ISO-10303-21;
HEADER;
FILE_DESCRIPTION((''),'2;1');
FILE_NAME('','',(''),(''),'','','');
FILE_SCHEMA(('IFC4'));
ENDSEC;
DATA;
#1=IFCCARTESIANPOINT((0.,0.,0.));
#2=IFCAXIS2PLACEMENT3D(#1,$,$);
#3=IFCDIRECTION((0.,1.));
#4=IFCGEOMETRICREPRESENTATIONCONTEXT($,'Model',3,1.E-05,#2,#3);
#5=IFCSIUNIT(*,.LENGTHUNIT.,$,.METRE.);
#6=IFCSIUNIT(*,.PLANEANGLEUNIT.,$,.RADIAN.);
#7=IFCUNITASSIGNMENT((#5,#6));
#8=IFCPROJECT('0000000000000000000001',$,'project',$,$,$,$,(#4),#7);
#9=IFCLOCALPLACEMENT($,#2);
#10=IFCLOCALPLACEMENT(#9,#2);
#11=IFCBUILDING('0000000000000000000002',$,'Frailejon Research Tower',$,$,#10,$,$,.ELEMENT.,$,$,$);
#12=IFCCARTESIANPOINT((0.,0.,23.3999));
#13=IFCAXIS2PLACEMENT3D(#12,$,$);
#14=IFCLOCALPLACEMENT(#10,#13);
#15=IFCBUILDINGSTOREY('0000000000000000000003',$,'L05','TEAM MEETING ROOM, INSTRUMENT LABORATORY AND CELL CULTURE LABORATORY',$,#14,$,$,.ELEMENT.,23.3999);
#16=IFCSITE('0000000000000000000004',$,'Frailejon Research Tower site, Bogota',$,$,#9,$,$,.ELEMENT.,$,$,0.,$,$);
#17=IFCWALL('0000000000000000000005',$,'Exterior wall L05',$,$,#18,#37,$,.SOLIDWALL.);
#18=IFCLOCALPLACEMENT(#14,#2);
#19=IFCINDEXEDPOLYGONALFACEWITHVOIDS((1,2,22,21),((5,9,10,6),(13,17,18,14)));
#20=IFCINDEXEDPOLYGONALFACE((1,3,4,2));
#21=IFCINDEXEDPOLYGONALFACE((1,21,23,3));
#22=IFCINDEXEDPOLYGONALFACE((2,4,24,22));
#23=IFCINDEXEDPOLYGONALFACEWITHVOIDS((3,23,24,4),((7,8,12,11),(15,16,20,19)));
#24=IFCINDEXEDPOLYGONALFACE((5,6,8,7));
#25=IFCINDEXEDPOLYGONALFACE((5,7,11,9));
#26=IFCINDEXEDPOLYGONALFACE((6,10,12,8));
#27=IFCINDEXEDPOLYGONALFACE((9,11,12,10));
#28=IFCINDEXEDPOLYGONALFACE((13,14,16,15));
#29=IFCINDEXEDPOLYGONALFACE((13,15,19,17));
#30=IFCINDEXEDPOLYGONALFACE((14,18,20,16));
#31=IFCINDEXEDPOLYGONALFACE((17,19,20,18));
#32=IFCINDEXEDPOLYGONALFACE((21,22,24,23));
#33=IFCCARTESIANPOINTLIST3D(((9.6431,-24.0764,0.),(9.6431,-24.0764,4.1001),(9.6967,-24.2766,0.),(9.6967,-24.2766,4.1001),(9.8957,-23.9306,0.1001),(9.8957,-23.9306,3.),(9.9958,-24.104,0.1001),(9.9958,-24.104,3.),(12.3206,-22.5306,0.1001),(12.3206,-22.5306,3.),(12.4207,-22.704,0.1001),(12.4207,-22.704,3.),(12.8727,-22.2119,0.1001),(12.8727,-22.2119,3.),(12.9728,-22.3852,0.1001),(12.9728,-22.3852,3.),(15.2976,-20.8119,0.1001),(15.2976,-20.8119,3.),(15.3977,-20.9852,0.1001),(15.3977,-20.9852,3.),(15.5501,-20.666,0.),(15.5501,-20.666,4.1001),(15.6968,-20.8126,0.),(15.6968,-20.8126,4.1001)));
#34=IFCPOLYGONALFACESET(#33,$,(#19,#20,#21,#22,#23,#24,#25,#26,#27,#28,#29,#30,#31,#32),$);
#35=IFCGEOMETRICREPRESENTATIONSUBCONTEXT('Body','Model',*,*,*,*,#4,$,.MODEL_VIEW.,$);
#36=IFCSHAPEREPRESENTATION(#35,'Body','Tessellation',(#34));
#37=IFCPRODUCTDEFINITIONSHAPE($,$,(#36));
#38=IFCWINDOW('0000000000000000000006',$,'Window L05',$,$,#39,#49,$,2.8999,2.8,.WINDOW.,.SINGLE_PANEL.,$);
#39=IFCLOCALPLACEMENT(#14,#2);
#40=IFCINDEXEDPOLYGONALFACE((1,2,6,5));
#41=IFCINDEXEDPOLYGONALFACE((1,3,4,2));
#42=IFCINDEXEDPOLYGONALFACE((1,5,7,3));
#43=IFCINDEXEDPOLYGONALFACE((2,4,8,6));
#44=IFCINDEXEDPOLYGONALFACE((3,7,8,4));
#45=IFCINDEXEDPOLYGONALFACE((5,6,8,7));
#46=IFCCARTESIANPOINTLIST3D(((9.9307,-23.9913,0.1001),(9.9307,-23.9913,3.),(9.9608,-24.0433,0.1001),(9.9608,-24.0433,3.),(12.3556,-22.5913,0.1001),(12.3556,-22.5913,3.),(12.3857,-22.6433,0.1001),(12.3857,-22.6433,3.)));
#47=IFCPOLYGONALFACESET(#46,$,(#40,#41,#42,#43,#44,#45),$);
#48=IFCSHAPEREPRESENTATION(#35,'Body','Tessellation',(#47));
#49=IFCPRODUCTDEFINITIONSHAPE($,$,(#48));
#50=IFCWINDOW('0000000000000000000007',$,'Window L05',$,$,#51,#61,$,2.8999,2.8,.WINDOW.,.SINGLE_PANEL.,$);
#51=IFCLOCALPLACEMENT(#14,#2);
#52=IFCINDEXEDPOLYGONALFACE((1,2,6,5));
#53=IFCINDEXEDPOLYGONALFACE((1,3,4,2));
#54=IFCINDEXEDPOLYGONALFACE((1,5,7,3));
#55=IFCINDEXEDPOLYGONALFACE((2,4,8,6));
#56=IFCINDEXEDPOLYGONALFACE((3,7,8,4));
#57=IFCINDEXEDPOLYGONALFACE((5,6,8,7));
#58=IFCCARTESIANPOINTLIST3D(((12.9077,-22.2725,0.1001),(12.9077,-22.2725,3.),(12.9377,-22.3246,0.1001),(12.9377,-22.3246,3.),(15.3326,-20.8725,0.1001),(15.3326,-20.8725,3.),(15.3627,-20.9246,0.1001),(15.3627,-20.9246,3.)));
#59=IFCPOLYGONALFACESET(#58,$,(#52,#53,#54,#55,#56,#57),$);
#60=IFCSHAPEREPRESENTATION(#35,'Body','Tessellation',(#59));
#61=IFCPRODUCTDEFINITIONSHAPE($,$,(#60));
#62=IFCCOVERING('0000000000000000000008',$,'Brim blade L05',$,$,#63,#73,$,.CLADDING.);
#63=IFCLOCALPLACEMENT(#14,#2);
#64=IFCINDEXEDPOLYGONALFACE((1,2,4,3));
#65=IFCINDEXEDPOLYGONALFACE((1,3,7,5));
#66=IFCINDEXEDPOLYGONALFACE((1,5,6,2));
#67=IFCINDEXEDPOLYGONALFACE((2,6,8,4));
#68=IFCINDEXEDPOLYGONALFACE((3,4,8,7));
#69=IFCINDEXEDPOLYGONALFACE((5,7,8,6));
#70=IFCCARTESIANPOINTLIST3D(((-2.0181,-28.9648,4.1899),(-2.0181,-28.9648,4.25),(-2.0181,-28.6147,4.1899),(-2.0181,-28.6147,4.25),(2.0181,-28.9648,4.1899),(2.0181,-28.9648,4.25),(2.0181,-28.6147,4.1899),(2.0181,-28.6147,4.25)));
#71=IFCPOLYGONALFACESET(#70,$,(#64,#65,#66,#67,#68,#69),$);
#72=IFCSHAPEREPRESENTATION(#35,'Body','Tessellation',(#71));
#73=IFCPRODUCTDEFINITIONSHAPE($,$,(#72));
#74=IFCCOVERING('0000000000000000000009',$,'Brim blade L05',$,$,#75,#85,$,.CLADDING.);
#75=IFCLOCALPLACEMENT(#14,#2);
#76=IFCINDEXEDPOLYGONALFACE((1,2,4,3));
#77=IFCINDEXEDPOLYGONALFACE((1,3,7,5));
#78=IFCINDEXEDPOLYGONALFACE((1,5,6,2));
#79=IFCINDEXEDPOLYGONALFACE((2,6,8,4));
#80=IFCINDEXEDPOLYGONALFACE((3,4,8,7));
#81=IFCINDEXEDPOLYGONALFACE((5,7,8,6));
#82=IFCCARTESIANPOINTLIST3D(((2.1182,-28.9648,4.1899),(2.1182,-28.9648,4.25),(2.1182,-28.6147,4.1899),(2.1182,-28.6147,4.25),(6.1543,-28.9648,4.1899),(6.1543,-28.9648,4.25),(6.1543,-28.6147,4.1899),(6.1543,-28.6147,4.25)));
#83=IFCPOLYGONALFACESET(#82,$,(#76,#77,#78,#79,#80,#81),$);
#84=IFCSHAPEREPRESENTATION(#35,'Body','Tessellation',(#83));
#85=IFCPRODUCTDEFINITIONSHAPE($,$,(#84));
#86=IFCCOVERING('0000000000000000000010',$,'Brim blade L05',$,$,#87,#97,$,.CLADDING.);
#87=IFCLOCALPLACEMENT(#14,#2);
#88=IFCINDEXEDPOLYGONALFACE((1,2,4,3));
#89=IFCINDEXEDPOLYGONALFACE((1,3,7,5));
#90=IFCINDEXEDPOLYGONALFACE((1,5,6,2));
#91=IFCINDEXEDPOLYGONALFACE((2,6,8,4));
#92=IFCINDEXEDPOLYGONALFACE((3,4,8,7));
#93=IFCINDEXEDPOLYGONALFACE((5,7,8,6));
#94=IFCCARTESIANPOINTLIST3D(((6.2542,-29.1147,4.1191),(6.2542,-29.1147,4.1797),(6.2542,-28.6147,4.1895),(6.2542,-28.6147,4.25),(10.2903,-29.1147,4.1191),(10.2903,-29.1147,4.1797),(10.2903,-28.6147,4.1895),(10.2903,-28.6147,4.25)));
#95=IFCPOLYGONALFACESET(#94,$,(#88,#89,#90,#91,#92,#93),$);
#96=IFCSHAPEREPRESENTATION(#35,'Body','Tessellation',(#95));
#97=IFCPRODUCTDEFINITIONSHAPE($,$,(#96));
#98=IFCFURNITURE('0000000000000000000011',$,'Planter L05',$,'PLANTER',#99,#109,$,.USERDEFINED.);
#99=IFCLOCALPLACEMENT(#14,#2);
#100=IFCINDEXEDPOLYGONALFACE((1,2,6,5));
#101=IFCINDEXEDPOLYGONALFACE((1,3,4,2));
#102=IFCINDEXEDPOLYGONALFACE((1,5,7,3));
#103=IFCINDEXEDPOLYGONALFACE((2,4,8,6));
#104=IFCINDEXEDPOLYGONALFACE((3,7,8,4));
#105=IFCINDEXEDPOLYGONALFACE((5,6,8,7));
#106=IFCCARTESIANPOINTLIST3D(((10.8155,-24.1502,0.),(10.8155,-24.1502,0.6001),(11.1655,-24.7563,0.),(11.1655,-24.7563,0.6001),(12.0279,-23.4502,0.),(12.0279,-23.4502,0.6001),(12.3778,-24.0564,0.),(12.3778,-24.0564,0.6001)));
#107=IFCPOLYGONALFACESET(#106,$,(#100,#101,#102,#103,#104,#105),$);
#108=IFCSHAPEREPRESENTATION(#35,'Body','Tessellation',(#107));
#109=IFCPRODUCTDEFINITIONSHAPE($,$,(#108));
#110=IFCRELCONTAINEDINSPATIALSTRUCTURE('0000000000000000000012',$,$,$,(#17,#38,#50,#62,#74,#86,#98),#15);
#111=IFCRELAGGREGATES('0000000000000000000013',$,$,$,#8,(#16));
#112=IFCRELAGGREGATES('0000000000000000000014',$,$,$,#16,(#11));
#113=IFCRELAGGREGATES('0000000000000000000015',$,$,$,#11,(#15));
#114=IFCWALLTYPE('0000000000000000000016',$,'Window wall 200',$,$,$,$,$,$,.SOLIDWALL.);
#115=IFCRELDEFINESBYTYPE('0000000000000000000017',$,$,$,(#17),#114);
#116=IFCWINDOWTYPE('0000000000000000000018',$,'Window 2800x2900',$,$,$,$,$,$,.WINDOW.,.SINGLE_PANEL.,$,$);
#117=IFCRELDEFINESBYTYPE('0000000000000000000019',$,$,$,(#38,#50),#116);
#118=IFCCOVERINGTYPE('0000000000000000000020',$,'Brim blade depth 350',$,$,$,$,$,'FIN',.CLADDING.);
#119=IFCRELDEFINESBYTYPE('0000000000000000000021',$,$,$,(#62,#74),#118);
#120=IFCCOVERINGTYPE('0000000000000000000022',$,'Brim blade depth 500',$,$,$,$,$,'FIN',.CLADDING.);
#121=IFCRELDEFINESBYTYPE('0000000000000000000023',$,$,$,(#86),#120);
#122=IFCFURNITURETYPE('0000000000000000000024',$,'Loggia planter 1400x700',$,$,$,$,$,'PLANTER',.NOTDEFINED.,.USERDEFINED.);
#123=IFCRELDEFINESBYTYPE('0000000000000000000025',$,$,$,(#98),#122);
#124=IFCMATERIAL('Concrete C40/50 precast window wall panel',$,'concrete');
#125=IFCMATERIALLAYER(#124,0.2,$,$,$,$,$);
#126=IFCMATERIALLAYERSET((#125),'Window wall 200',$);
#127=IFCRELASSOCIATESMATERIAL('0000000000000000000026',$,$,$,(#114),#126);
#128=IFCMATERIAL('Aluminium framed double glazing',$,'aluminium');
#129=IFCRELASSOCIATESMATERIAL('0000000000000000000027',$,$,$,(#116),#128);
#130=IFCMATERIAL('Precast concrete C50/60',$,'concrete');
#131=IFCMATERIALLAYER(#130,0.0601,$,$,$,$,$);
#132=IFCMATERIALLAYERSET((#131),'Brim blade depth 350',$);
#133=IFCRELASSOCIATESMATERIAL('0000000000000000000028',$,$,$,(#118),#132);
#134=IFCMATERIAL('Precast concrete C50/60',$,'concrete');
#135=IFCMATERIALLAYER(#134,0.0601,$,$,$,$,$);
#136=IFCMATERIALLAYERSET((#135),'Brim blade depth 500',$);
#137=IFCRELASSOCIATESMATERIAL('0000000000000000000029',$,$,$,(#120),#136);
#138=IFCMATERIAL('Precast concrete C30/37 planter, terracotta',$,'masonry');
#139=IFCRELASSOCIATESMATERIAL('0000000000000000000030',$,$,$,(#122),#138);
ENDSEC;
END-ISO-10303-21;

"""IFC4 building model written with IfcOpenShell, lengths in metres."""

from ifc_helpers import new_model, si_unit, direction, frame, frame_2d, origin, origin_2d, place, context, subcontext, project, spatial, polyline, rectangle, outline, extrude, material, layer, layer_set, type_object, element, fill, save


model = new_model("IFC4")

# Units and contexts
model_context = context("Model", 3, precision=1e-05, world=origin(), true_north=direction((0.0, 1.0)))
body_context = subcontext(model_context, "Body", "Model", "MODEL_VIEW")
ifc_project = project(units=[si_unit("LENGTHUNIT", "METRE"), si_unit("PLANEANGLEUNIT", "RADIAN")], contexts=[model_context])

# Site, building, storey
site_placement = place(None, origin())
site = spatial("IfcSite", under=ifc_project, at=site_placement, Name="Frailejon Research Tower site, Bogota", CompositionType="ELEMENT", RefElevation=0.0)
building_placement = place(site_placement, origin())
building = spatial("IfcBuilding", under=site, at=building_placement, Name="Frailejon Research Tower", CompositionType="ELEMENT")
storey_placement = place(building_placement, frame((0.0, 0.0, 23.3999)))
storey = spatial("IfcBuildingStorey", under=building, at=storey_placement, Name="L05", Description="TEAM MEETING ROOM, INSTRUMENT LABORATORY AND CELL CULTURE LABORATORY", CompositionType="ELEMENT", Elevation=23.3999)

# Wall, openings, windows
ifc_material_1 = material(Name="Concrete C40/50 precast window wall panel", Category="concrete")
ifc_layer_1 = layer(ifc_material_1, 0.2)
ifc_layer_set_1 = layer_set([ifc_layer_1], Name="Window wall 200")
wall_type_1 = type_object("IfcWallType", Name="Window wall 200", PredefinedType="SOLIDWALL", material=ifc_layer_set_1)
wall_1_placement = place(storey_placement, frame((9.6699, -24.1765, 0.0), z_axis=(0.0, 0.0, 1.0), x_axis=(0.866029, 0.499993, 0.0)))
wall_1 = element("IfcWall", 1, at=wall_1_placement, inside=storey, type_object=wall_type_1, Name="Exterior wall L05", PredefinedType="SOLIDWALL", context=body_context, shape_type="SweptSolid", body=[
    extrude(outline(polyline([(-0.0269, -0.1001), (1.1279, -0.1001), (2.2825, -0.1001), (3.4373, -0.1001), (4.592, -0.1001), (5.7466, -0.1001), (6.9014, -0.1001), (6.8477, 0.1001), (5.7109, 0.1001), (4.574, 0.1001), (3.4373, 0.1001), (2.3005, 0.1001), (1.1636, 0.1001), (0.0269, 0.1001), (-0.0269, -0.1001)])), origin(), (0.0, 0.0, 1.0), 4.1001),
])
opening_1_placement = place(wall_1_placement, frame((0.3186, 0.0, 0.1001)))
opening_1 = element("IfcOpeningElement", 2, at=opening_1_placement, cuts=wall_1, PredefinedType="OPENING", context=body_context, shape_type="SweptSolid", body=[
    extrude(rectangle(XDim=2.8, YDim=2.8999, at=frame_2d((1.3999, 1.45))), frame((0.0, 0.1099, 0.0), z_axis=(0.0, -1.0, 0.0), x_axis=(1.0, 0.0, 0.0)), (0.0, 0.0, 1.0), 0.22),
])
opening_2_placement = place(wall_1_placement, frame((3.7561, 0.0, 0.1001)))
opening_2 = element("IfcOpeningElement", 3, at=opening_2_placement, cuts=wall_1, PredefinedType="OPENING", context=body_context, shape_type="SweptSolid", body=[
    extrude(rectangle(XDim=2.8, YDim=2.8999, at=frame_2d((1.3999, 1.45))), frame((0.0, 0.1099, 0.0), z_axis=(0.0, -1.0, 0.0), x_axis=(1.0, 0.0, 0.0)), (0.0, 0.0, 1.0), 0.22),
])
ifc_material_2 = material(Name="Aluminium framed double glazing", Category="aluminium")
window_type = type_object("IfcWindowType", Name="Window 2800x2900", PartitioningType="SINGLE_PANEL", PredefinedType="WINDOW", material=ifc_material_2)
window_1_placement = place(opening_1_placement, origin())
window_1 = element("IfcWindow", 4, at=window_1_placement, inside=storey, type_object=window_type, Name="Window L05", OverallHeight=2.8999, OverallWidth=2.8, PartitioningType="SINGLE_PANEL", PredefinedType="WINDOW", context=body_context, shape_type="SweptSolid", body=[
    extrude(rectangle(XDim=2.8, YDim=2.8999, at=frame_2d((1.3999, 1.45))), frame((0.0, 0.03, 0.0), z_axis=(0.0, -1.0, 0.0), x_axis=(1.0, 0.0, 0.0)), (0.0, 0.0, 1.0), 0.0601),
])
fill(opening_1, window_1)
window_2_placement = place(opening_2_placement, origin())
window_2 = element("IfcWindow", 5, at=window_2_placement, inside=storey, type_object=window_type, Name="Window L05", OverallHeight=2.8999, OverallWidth=2.8, PartitioningType="SINGLE_PANEL", PredefinedType="WINDOW", context=body_context, shape_type="SweptSolid", body=[
    extrude(rectangle(XDim=2.8, YDim=2.8999, at=frame_2d((1.3999, 1.45))), frame((0.0, 0.03, 0.0), z_axis=(0.0, -1.0, 0.0), x_axis=(1.0, 0.0, 0.0)), (0.0, 0.0, 1.0), 0.0601),
])
fill(opening_2, window_2)

# Coverings
ifc_material_3 = material(Name="Precast concrete C50/60", Category="concrete")
ifc_layer_2 = layer(ifc_material_3, 0.0601)
ifc_layer_set_2 = layer_set([ifc_layer_2], Name="Brim blade depth 350")
covering_type_1 = type_object("IfcCoveringType", Name="Brim blade depth 350", ElementType="FIN", PredefinedType="CLADDING", material=ifc_layer_set_2)
for number, where, z_axis, x_axis, name in (
    (6, (2.0181, -28.6147, 4.25), (-1.0, 0.0, 0.0), (0.0, -1.0, 0.0), "Brim blade L05"),
    (7, (6.1543, -28.6147, 4.25), (-1.0, 0.0, 0.0), (0.0, -1.0, 0.0), "Brim blade L05"),
):
    element("IfcCovering", number, at=place(storey_placement, frame(where, z_axis=z_axis, x_axis=x_axis)), inside=storey, type_object=covering_type_1, Name=name, PredefinedType="CLADDING", context=body_context, shape_type="SweptSolid", body=[
        extrude(outline(polyline([(0.0, -0.0601), (0.3501, -0.0601), (0.3501, 0.0), (0.0, 0.0), (0.0, -0.0601)])), origin(), (0.0, 0.0, 1.0), 4.0361),
    ])
ifc_material_4 = material(Name="Precast concrete C50/60", Category="concrete")
ifc_layer_3 = layer(ifc_material_4, 0.0601)
ifc_layer_set_3 = layer_set([ifc_layer_3], Name="Brim blade depth 500")
covering_type_2 = type_object("IfcCoveringType", Name="Brim blade depth 500", ElementType="FIN", PredefinedType="CLADDING", material=ifc_layer_set_3)
covering_placement = place(storey_placement, frame((10.2903, -28.6147, 4.25), z_axis=(-1.0, 0.0, 0.0), x_axis=(0.0, -1.0, 0.0)))
element("IfcCovering", 8, at=covering_placement, inside=storey, type_object=covering_type_2, Name="Brim blade L05", PredefinedType="CLADDING", context=body_context, shape_type="SweptSolid", body=[
    extrude(outline(polyline([(0.0, -0.0605), (0.5, -0.1309), (0.5, -0.0703), (0.0, 0.0), (0.0, -0.0605)])), origin(), (0.0, 0.0, 1.0), 4.0361),
])

# Furniture
ifc_material_5 = material(Name="Precast concrete C30/37 planter, terracotta", Category="masonry")
furniture_type = type_object("IfcFurnitureType", Name="Loggia planter 1400x700", ElementType="PLANTER", AssemblyPlace="NOTDEFINED", PredefinedType="USERDEFINED", material=ifc_material_5)
furniture_placement = place(storey_placement, frame((11.5967, -24.1033, 0.0), z_axis=(0.0, 0.0, 1.0), x_axis=(0.866025, 0.5, 0.0)))
element("IfcFurniture", 9, at=furniture_placement, inside=storey, type_object=furniture_type, Name="Planter L05", ObjectType="PLANTER", PredefinedType="USERDEFINED", context=body_context, shape_type="SweptSolid", body=[
    extrude(rectangle(XDim=1.3999, YDim=0.7, at=origin_2d()), origin(), (0.0, 0.0, 1.0), 0.6001),
])

save(model, "model.ifc")
